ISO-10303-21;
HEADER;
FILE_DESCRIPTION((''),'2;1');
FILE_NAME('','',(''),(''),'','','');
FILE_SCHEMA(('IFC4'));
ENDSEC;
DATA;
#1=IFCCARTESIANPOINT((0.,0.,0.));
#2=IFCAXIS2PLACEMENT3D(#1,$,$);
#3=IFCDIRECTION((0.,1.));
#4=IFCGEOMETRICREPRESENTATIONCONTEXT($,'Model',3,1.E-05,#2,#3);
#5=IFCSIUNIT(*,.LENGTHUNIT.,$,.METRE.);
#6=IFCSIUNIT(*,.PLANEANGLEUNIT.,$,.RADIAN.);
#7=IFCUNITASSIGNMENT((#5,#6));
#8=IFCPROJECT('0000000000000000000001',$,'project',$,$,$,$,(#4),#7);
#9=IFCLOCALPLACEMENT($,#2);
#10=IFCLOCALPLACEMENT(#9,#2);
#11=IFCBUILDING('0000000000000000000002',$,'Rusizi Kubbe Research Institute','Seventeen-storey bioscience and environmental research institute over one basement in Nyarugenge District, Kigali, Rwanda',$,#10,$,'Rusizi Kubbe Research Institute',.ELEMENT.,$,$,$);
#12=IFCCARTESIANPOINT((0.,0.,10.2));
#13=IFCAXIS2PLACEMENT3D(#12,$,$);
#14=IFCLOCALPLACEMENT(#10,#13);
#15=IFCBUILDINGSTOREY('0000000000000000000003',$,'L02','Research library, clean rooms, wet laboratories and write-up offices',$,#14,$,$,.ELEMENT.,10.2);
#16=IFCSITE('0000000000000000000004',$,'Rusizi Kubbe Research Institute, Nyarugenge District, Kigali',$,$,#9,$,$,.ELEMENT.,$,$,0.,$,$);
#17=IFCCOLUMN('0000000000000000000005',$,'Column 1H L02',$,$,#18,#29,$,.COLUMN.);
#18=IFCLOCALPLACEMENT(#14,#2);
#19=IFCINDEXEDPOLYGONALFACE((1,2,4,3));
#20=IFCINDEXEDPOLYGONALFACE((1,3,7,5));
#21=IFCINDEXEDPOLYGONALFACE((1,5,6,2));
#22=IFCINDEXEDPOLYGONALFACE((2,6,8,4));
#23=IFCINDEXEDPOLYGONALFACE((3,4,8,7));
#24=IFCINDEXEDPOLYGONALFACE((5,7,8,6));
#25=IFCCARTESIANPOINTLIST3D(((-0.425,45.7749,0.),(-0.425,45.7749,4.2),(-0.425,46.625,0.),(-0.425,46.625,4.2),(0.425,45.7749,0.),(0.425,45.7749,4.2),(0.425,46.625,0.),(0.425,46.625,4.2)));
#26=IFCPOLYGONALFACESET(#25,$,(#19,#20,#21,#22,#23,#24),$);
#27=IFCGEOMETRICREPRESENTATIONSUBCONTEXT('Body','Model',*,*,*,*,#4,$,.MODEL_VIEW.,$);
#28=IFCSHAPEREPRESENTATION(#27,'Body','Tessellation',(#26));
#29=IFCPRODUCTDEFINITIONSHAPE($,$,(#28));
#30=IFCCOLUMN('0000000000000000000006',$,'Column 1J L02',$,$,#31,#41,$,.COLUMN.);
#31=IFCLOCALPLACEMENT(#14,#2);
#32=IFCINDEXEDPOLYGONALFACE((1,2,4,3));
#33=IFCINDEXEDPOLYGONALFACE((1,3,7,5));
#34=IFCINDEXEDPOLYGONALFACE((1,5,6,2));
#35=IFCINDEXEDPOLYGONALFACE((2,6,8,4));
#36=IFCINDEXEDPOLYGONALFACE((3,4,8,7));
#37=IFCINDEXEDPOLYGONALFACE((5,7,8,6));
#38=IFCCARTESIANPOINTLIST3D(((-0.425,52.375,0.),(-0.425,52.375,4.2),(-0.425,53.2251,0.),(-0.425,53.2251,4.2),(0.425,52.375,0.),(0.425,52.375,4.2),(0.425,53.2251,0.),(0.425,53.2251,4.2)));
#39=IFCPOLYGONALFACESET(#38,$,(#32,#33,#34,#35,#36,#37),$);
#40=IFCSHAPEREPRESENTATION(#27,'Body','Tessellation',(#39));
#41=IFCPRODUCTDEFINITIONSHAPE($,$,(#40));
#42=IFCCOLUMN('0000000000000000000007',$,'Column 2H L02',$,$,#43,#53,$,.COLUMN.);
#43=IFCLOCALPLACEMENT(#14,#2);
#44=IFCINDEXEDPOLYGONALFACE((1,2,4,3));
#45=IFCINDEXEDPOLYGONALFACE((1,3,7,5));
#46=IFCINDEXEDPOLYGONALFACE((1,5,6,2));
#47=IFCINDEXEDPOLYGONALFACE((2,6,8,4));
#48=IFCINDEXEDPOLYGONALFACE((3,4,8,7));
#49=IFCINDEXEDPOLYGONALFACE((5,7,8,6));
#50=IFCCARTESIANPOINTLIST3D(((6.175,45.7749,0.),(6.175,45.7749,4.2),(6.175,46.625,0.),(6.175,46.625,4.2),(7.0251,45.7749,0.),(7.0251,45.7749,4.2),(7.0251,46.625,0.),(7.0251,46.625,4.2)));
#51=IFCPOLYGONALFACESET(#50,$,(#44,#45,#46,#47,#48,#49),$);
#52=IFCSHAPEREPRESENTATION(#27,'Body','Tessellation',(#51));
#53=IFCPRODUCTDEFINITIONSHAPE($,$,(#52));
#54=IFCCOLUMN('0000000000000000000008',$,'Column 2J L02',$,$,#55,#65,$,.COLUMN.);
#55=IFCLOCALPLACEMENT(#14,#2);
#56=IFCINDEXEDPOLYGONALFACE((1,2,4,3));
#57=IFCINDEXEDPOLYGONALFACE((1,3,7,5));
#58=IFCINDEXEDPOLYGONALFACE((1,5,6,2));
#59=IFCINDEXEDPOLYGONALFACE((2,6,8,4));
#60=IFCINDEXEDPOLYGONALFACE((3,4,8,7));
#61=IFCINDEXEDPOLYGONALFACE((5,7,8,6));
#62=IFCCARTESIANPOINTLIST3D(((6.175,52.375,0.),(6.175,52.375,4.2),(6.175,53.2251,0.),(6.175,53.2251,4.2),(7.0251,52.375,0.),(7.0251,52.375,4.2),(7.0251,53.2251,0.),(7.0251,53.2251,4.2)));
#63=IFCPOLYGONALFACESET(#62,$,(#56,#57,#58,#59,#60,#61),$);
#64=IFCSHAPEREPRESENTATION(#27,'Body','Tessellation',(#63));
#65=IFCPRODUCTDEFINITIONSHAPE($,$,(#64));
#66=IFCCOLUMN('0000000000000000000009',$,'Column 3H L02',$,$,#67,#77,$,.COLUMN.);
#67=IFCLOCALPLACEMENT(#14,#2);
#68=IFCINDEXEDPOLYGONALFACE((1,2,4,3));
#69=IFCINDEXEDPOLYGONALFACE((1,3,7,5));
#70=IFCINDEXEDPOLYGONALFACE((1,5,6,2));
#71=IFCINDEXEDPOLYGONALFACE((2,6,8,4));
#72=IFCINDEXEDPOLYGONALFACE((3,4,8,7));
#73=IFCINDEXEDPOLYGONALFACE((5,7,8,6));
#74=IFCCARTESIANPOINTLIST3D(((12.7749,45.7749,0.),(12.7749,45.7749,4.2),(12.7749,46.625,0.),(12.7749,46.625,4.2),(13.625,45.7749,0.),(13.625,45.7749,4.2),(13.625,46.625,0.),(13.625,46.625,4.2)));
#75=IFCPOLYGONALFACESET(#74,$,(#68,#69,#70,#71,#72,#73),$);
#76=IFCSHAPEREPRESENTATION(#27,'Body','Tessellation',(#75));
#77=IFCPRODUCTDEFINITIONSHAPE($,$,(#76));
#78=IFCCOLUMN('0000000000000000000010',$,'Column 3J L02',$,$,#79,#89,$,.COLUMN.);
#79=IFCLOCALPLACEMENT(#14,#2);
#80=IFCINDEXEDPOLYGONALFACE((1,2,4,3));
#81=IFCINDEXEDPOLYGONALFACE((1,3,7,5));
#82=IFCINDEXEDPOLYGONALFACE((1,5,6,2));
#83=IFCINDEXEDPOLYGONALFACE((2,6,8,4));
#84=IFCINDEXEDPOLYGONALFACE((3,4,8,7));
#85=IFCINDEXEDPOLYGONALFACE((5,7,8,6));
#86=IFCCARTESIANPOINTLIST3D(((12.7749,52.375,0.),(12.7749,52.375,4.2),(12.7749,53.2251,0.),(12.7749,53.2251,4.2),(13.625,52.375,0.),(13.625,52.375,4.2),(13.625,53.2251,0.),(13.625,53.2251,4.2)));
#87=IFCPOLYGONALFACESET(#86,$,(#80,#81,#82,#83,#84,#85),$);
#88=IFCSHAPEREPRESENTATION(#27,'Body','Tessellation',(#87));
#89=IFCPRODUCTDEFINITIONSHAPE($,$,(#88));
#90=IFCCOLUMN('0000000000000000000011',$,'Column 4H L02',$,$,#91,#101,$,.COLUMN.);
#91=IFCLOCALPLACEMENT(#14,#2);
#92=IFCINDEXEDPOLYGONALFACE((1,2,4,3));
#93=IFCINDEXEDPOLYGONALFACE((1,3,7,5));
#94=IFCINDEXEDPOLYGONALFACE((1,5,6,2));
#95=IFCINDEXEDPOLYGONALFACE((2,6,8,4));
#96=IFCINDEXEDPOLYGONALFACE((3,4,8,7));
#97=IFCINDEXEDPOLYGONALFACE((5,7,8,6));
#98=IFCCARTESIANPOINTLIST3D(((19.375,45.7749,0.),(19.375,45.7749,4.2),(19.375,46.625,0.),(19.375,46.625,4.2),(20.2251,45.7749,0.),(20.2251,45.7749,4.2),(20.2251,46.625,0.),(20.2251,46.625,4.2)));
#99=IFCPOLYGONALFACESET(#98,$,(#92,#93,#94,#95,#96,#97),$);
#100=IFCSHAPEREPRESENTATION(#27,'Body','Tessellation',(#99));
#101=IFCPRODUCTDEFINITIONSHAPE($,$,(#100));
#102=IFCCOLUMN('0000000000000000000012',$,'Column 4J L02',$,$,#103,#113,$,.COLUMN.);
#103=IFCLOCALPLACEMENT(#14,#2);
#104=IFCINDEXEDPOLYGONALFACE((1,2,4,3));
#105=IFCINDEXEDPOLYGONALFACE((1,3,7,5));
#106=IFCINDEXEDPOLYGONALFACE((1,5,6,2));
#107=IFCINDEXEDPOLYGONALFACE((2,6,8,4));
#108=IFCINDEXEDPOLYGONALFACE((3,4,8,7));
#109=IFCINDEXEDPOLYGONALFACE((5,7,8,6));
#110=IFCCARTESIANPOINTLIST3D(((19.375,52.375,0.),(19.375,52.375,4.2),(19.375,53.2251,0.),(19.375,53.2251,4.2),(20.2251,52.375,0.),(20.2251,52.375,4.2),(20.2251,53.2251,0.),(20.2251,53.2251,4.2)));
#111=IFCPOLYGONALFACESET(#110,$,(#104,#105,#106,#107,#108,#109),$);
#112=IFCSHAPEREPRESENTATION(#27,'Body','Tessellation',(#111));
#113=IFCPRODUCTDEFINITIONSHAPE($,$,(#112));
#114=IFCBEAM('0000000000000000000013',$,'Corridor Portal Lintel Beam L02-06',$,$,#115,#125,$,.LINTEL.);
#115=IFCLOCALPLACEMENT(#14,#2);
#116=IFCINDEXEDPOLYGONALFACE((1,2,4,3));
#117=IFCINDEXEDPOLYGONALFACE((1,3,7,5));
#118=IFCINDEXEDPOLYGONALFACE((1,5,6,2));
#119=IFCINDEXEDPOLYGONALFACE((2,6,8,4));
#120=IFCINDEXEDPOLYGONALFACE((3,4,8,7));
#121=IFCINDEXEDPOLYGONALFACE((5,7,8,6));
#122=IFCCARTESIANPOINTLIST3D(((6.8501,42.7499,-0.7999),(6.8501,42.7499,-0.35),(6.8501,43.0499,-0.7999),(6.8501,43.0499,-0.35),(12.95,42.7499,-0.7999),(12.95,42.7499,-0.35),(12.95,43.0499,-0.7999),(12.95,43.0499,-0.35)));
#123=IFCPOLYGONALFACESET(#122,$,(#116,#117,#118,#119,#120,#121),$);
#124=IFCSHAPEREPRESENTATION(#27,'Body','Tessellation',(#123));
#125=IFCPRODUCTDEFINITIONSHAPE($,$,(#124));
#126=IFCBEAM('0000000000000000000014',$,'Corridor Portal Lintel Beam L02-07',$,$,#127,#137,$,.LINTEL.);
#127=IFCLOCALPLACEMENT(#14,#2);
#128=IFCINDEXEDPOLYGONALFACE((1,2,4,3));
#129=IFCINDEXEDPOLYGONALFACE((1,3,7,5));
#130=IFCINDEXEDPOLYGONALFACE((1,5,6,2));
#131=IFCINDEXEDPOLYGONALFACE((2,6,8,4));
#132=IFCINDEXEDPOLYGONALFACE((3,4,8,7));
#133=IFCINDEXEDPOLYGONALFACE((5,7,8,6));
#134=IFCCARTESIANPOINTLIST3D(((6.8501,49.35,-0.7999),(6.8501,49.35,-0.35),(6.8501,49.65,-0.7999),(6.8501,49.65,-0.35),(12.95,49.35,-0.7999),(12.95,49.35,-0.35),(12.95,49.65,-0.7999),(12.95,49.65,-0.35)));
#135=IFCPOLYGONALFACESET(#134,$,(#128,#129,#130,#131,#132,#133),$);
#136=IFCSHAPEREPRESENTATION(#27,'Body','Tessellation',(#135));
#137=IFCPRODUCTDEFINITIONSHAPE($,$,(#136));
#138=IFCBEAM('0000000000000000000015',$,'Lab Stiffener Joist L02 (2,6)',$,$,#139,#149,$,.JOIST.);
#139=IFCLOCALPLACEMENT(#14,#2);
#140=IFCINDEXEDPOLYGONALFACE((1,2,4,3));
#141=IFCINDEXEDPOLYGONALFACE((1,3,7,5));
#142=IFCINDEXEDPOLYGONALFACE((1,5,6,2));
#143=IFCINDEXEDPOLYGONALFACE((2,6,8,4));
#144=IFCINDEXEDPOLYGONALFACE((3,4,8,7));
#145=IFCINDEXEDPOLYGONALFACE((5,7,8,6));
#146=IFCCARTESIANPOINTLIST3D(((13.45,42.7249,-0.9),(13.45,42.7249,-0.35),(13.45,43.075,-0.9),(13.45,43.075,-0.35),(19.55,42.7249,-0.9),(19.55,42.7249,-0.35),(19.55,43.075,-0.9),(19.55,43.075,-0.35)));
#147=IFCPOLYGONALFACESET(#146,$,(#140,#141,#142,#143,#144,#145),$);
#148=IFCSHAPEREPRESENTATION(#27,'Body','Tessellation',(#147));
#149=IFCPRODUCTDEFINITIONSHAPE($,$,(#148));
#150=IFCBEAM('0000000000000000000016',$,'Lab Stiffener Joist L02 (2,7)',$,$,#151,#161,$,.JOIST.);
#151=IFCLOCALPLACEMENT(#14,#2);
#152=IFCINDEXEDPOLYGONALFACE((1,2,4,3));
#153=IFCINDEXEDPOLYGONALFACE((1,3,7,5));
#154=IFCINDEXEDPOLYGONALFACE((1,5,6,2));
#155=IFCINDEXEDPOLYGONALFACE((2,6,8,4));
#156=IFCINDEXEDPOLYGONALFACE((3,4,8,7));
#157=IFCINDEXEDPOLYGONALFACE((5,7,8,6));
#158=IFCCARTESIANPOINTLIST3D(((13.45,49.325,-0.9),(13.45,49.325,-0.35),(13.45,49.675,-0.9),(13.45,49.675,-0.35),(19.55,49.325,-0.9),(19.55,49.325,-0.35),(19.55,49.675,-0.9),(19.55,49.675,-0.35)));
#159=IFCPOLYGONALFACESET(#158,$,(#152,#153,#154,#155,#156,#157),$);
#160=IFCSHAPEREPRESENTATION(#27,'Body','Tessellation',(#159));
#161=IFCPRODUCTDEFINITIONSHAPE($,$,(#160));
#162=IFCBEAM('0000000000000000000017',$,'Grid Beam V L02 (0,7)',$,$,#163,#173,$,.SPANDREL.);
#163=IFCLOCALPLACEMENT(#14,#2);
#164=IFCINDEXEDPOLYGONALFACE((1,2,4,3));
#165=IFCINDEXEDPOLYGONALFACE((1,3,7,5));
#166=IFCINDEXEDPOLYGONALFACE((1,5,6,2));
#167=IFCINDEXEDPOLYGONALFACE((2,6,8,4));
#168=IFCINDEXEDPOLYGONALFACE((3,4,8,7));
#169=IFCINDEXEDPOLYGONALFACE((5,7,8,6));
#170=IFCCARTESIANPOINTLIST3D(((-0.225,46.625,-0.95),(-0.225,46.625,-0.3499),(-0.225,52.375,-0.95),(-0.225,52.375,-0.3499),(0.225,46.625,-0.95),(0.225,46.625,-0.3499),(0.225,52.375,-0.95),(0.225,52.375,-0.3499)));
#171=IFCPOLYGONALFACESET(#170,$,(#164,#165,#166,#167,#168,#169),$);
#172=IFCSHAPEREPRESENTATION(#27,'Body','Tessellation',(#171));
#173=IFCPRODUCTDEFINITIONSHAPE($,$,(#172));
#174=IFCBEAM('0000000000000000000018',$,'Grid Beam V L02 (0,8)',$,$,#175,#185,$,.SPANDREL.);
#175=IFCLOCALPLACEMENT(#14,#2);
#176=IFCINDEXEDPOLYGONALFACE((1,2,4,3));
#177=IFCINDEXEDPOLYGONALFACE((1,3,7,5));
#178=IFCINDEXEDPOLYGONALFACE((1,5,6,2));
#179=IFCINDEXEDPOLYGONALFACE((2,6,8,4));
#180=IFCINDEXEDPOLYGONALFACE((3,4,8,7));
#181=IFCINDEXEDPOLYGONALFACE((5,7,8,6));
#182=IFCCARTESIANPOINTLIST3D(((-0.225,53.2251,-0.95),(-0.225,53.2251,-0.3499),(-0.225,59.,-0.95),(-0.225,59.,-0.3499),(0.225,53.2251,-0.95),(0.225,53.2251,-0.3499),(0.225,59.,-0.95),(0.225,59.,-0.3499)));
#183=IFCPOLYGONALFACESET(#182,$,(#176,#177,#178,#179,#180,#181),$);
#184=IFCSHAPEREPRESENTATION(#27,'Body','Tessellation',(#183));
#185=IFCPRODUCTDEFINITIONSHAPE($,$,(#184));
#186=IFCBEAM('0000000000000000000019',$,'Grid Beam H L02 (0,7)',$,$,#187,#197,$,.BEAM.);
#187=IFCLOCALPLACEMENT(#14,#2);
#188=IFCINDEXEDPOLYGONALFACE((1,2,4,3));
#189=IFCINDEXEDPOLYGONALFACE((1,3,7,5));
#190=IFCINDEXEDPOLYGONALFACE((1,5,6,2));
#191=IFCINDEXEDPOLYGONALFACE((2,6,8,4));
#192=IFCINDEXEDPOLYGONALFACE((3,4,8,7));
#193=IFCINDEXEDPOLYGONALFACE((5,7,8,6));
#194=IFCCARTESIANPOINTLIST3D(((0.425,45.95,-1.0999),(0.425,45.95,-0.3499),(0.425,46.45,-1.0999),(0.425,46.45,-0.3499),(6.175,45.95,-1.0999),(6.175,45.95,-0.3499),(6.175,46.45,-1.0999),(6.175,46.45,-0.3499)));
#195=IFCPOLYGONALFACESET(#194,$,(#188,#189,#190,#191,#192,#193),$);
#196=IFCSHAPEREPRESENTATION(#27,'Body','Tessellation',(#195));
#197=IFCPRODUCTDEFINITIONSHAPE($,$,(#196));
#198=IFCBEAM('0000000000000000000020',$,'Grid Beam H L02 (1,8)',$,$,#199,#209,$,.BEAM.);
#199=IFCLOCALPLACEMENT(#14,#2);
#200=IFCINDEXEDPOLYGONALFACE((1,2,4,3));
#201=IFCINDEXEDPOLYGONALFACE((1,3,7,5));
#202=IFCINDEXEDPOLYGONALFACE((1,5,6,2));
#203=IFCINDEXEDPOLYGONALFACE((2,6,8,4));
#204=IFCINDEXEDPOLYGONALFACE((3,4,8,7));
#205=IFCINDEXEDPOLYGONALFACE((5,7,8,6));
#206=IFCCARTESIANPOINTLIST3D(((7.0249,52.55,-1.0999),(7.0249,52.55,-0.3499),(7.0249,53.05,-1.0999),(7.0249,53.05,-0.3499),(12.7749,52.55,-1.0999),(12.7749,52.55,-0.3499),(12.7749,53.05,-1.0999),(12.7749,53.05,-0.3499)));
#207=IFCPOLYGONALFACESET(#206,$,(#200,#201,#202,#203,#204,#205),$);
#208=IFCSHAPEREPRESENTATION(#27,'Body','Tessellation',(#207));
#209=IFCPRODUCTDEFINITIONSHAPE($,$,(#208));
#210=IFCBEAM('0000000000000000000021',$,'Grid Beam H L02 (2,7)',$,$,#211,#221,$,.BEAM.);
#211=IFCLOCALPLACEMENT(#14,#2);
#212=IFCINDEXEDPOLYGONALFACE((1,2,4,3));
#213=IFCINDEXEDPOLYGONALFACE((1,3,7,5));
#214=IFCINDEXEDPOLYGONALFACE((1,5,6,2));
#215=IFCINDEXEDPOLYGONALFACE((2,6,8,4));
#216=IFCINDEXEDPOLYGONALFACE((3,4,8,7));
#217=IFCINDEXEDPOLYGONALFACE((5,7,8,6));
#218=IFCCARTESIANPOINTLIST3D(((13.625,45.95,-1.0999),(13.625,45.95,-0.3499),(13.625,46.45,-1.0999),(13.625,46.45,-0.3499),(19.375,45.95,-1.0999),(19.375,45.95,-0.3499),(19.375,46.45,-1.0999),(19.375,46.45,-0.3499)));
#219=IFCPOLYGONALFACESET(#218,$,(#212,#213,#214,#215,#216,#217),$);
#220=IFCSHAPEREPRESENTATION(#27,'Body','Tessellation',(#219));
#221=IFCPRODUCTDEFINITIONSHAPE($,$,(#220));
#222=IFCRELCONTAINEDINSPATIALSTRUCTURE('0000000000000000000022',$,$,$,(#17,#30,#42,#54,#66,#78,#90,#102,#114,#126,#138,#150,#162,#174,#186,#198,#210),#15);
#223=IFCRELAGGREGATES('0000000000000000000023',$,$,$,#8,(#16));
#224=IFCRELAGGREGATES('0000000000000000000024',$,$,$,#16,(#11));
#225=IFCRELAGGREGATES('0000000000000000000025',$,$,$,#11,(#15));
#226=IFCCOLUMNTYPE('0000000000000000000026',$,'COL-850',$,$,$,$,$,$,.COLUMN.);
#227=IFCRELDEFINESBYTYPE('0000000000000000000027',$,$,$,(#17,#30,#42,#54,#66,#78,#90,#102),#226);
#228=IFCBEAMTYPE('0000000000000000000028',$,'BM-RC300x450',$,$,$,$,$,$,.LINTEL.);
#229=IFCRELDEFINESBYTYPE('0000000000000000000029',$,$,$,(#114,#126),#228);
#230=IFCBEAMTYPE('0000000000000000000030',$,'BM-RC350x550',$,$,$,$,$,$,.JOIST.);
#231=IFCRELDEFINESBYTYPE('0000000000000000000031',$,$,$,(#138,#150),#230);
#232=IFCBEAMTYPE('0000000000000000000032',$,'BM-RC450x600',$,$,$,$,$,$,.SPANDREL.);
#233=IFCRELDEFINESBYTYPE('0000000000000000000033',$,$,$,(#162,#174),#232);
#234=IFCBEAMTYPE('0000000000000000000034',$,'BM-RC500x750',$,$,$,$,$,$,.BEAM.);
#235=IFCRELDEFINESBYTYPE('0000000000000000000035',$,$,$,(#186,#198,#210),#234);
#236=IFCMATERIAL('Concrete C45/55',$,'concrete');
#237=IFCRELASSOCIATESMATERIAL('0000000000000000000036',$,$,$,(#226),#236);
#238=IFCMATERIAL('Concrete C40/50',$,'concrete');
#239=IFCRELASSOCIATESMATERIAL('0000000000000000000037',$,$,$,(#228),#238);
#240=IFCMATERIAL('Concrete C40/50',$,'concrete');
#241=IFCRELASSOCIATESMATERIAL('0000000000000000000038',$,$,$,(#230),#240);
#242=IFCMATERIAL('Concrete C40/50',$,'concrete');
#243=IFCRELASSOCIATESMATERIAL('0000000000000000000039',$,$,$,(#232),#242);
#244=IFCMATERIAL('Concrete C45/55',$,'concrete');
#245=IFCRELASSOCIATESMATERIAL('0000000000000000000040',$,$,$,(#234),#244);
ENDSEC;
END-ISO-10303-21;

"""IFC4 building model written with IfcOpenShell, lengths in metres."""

from ifc_helpers import new_model, si_unit, direction, frame, origin, origin_2d, place, context, subcontext, project, spatial, rectangle, extrude, material, material_profile, profile_set, type_object, element, save


model = new_model("IFC4")

# Units and contexts
model_context = context("Model", 3, precision=1e-05, world=origin(), true_north=direction((0.0, 1.0)))
body_context = subcontext(model_context, "Body", "Model", "MODEL_VIEW")
ifc_project = project(units=[si_unit("LENGTHUNIT", "METRE"), si_unit("PLANEANGLEUNIT", "RADIAN")], contexts=[model_context])

# Site, building, storey
site_placement = place(None, origin())
site = spatial("IfcSite", under=ifc_project, at=site_placement, Name="Rusizi Kubbe Research Institute, Nyarugenge District, Kigali", CompositionType="ELEMENT", RefElevation=0.0)
building_placement = place(site_placement, origin())
building = spatial("IfcBuilding", under=site, at=building_placement, Name="Rusizi Kubbe Research Institute", Description="Seventeen-storey bioscience and environmental research institute over one basement in Nyarugenge District, Kigali, Rwanda", LongName="Rusizi Kubbe Research Institute", CompositionType="ELEMENT")
storey_placement = place(building_placement, frame((0.0, 0.0, 10.2)))
storey = spatial("IfcBuildingStorey", under=building, at=storey_placement, Name="L02", Description="Research library, clean rooms, wet laboratories and write-up offices", CompositionType="ELEMENT", Elevation=10.2)

# Columns
ifc_material_1 = material(Name="Concrete C45/55", Category="concrete")
ifc_material_profile_1 = material_profile(ifc_material_1, rectangle(XDim=0.8501, YDim=0.8501, at=origin_2d()), Name="RC850x850")
ifc_profile_set_1 = profile_set([ifc_material_profile_1], Name="Concrete C45/55")
column_type = type_object("IfcColumnType", Name="COL-850", PredefinedType="COLUMN", material=ifc_profile_set_1)
for number, where, z_axis, x_axis, name in (
    (1, (0.0, 46.2, 0.0), (0.0, 0.0, 1.0), (1.0, 0.0, 0.0), "Column 1H L02"),
    (2, (0.0, 52.8, 0.0), (0.0, 0.0, 1.0), (1.0, 0.0, 0.0), "Column 1J L02"),
    (3, (6.6001, 46.2, 0.0), (0.0, 0.0, 1.0), (1.0, 0.0, 0.0), "Column 2H L02"),
    (4, (6.6001, 52.8, 0.0), (0.0, 0.0, 1.0), (1.0, 0.0, 0.0), "Column 2J L02"),
    (5, (13.2, 46.2, 0.0), (0.0, 0.0, 1.0), (1.0, 0.0, 0.0), "Column 3H L02"),
    (6, (13.2, 52.8, 0.0), (0.0, 0.0, 1.0), (1.0, 0.0, 0.0), "Column 3J L02"),
    (7, (19.8, 46.2, 0.0), (0.0, 0.0, 1.0), (1.0, 0.0, 0.0), "Column 4H L02"),
    (8, (19.8, 52.8, 0.0), (0.0, 0.0, 1.0), (1.0, 0.0, 0.0), "Column 4J L02"),
):
    element("IfcColumn", number, at=place(storey_placement, frame(where, z_axis=z_axis, x_axis=x_axis)), inside=storey, type_object=column_type, Name=name, PredefinedType="COLUMN", context=body_context, shape_type="SweptSolid", body=[
        extrude(rectangle(XDim=0.8501, YDim=0.8501, at=origin_2d()), origin(), (0.0, 0.0, 1.0), 4.2),
    ])

# Beams
ifc_material_2 = material(Name="Concrete C40/50", Category="concrete")
ifc_material_profile_2 = material_profile(ifc_material_2, rectangle(XDim=0.3, YDim=0.45, at=origin_2d()), Name="RC300x450")
ifc_profile_set_2 = profile_set([ifc_material_profile_2], Name="Concrete C40/50")
beam_type_1 = type_object("IfcBeamType", Name="BM-RC300x450", PredefinedType="LINTEL", material=ifc_profile_set_2)
for number, where, z_axis, x_axis, name in (
    (9, (6.8501, 42.8999, -0.575), (1.0, 0.0, 0.0), (0.0, 1.0, 0.0), "Corridor Portal Lintel Beam L02-06"),
    (10, (6.8501, 49.5, -0.575), (1.0, 0.0, 0.0), (0.0, 1.0, 0.0), "Corridor Portal Lintel Beam L02-07"),
):
    element("IfcBeam", number, at=place(storey_placement, frame(where, z_axis=z_axis, x_axis=x_axis)), inside=storey, type_object=beam_type_1, Name=name, PredefinedType="LINTEL", context=body_context, shape_type="SweptSolid", body=[
        extrude(rectangle(XDim=0.3, YDim=0.45, at=origin_2d()), origin(), (0.0, 0.0, 1.0), 6.0999),
    ])
ifc_material_3 = material(Name="Concrete C40/50", Category="concrete")
ifc_material_profile_3 = material_profile(ifc_material_3, rectangle(XDim=0.3501, YDim=0.55, at=origin_2d()), Name="RC350x550")
ifc_profile_set_3 = profile_set([ifc_material_profile_3], Name="Concrete C40/50")
beam_type_2 = type_object("IfcBeamType", Name="BM-RC350x550", PredefinedType="JOIST", material=ifc_profile_set_3)
for number, where, z_axis, x_axis, name in (
    (11, (13.45, 42.8999, -0.625), (1.0, 0.0, 0.0), (0.0, 1.0, 0.0), "Lab Stiffener Joist L02 (2,6)"),
    (12, (13.45, 49.5, -0.625), (1.0, 0.0, 0.0), (0.0, 1.0, 0.0), "Lab Stiffener Joist L02 (2,7)"),
):
    element("IfcBeam", number, at=place(storey_placement, frame(where, z_axis=z_axis, x_axis=x_axis)), inside=storey, type_object=beam_type_2, Name=name, PredefinedType="JOIST", context=body_context, shape_type="SweptSolid", body=[
        extrude(rectangle(XDim=0.3501, YDim=0.55, at=origin_2d()), origin(), (0.0, 0.0, 1.0), 6.1001),
    ])
ifc_material_4 = material(Name="Concrete C40/50", Category="concrete")
ifc_material_profile_4 = material_profile(ifc_material_4, rectangle(XDim=0.45, YDim=0.6001, at=origin_2d()), Name="RC450x600")
ifc_profile_set_4 = profile_set([ifc_material_profile_4], Name="Concrete C40/50")
beam_type_3 = type_object("IfcBeamType", Name="BM-RC450x600", PredefinedType="SPANDREL", material=ifc_profile_set_4)
beam_1_placement = place(storey_placement, frame((0.0, 46.625, -0.6499), z_axis=(0.0, 1.0, 0.0), x_axis=(-1.0, 0.0, 0.0)))
element("IfcBeam", 13, at=beam_1_placement, inside=storey, type_object=beam_type_3, Name="Grid Beam V L02 (0,7)", PredefinedType="SPANDREL", context=body_context, shape_type="SweptSolid", body=[
    extrude(rectangle(XDim=0.45, YDim=0.6001, at=origin_2d()), origin(), (0.0, 0.0, 1.0), 5.75),
])
beam_2_placement = place(storey_placement, frame((0.0, 53.2251, -0.6499), z_axis=(0.0, 1.0, 0.0), x_axis=(-1.0, 0.0, 0.0)))
element("IfcBeam", 14, at=beam_2_placement, inside=storey, type_object=beam_type_3, Name="Grid Beam V L02 (0,8)", PredefinedType="SPANDREL", context=body_context, shape_type="SweptSolid", body=[
    extrude(rectangle(XDim=0.45, YDim=0.6001, at=origin_2d()), origin(), (0.0, 0.0, 1.0), 5.7749),
])
ifc_material_5 = material(Name="Concrete C45/55", Category="concrete")
ifc_material_profile_5 = material_profile(ifc_material_5, rectangle(XDim=0.5, YDim=0.75, at=origin_2d()), Name="RC500x750B")
ifc_profile_set_5 = profile_set([ifc_material_profile_5], Name="Concrete C45/55")
beam_type_4 = type_object("IfcBeamType", Name="BM-RC500x750", PredefinedType="BEAM", material=ifc_profile_set_5)
for number, where, z_axis, x_axis, name in (
    (15, (0.425, 46.2, -0.7249), (1.0, 0.0, 0.0), (0.0, 1.0, 0.0), "Grid Beam H L02 (0,7)"),
    (16, (7.0249, 52.8, -0.7249), (1.0, 0.0, 0.0), (0.0, 1.0, 0.0), "Grid Beam H L02 (1,8)"),
    (17, (13.625, 46.2, -0.7249), (1.0, 0.0, 0.0), (0.0, 1.0, 0.0), "Grid Beam H L02 (2,7)"),
):
    element("IfcBeam", number, at=place(storey_placement, frame(where, z_axis=z_axis, x_axis=x_axis)), inside=storey, type_object=beam_type_4, Name=name, PredefinedType="BEAM", context=body_context, shape_type="SweptSolid", body=[
        extrude(rectangle(XDim=0.5, YDim=0.75, at=origin_2d()), origin(), (0.0, 0.0, 1.0), 5.75),
    ])

save(model, "model.ifc")
